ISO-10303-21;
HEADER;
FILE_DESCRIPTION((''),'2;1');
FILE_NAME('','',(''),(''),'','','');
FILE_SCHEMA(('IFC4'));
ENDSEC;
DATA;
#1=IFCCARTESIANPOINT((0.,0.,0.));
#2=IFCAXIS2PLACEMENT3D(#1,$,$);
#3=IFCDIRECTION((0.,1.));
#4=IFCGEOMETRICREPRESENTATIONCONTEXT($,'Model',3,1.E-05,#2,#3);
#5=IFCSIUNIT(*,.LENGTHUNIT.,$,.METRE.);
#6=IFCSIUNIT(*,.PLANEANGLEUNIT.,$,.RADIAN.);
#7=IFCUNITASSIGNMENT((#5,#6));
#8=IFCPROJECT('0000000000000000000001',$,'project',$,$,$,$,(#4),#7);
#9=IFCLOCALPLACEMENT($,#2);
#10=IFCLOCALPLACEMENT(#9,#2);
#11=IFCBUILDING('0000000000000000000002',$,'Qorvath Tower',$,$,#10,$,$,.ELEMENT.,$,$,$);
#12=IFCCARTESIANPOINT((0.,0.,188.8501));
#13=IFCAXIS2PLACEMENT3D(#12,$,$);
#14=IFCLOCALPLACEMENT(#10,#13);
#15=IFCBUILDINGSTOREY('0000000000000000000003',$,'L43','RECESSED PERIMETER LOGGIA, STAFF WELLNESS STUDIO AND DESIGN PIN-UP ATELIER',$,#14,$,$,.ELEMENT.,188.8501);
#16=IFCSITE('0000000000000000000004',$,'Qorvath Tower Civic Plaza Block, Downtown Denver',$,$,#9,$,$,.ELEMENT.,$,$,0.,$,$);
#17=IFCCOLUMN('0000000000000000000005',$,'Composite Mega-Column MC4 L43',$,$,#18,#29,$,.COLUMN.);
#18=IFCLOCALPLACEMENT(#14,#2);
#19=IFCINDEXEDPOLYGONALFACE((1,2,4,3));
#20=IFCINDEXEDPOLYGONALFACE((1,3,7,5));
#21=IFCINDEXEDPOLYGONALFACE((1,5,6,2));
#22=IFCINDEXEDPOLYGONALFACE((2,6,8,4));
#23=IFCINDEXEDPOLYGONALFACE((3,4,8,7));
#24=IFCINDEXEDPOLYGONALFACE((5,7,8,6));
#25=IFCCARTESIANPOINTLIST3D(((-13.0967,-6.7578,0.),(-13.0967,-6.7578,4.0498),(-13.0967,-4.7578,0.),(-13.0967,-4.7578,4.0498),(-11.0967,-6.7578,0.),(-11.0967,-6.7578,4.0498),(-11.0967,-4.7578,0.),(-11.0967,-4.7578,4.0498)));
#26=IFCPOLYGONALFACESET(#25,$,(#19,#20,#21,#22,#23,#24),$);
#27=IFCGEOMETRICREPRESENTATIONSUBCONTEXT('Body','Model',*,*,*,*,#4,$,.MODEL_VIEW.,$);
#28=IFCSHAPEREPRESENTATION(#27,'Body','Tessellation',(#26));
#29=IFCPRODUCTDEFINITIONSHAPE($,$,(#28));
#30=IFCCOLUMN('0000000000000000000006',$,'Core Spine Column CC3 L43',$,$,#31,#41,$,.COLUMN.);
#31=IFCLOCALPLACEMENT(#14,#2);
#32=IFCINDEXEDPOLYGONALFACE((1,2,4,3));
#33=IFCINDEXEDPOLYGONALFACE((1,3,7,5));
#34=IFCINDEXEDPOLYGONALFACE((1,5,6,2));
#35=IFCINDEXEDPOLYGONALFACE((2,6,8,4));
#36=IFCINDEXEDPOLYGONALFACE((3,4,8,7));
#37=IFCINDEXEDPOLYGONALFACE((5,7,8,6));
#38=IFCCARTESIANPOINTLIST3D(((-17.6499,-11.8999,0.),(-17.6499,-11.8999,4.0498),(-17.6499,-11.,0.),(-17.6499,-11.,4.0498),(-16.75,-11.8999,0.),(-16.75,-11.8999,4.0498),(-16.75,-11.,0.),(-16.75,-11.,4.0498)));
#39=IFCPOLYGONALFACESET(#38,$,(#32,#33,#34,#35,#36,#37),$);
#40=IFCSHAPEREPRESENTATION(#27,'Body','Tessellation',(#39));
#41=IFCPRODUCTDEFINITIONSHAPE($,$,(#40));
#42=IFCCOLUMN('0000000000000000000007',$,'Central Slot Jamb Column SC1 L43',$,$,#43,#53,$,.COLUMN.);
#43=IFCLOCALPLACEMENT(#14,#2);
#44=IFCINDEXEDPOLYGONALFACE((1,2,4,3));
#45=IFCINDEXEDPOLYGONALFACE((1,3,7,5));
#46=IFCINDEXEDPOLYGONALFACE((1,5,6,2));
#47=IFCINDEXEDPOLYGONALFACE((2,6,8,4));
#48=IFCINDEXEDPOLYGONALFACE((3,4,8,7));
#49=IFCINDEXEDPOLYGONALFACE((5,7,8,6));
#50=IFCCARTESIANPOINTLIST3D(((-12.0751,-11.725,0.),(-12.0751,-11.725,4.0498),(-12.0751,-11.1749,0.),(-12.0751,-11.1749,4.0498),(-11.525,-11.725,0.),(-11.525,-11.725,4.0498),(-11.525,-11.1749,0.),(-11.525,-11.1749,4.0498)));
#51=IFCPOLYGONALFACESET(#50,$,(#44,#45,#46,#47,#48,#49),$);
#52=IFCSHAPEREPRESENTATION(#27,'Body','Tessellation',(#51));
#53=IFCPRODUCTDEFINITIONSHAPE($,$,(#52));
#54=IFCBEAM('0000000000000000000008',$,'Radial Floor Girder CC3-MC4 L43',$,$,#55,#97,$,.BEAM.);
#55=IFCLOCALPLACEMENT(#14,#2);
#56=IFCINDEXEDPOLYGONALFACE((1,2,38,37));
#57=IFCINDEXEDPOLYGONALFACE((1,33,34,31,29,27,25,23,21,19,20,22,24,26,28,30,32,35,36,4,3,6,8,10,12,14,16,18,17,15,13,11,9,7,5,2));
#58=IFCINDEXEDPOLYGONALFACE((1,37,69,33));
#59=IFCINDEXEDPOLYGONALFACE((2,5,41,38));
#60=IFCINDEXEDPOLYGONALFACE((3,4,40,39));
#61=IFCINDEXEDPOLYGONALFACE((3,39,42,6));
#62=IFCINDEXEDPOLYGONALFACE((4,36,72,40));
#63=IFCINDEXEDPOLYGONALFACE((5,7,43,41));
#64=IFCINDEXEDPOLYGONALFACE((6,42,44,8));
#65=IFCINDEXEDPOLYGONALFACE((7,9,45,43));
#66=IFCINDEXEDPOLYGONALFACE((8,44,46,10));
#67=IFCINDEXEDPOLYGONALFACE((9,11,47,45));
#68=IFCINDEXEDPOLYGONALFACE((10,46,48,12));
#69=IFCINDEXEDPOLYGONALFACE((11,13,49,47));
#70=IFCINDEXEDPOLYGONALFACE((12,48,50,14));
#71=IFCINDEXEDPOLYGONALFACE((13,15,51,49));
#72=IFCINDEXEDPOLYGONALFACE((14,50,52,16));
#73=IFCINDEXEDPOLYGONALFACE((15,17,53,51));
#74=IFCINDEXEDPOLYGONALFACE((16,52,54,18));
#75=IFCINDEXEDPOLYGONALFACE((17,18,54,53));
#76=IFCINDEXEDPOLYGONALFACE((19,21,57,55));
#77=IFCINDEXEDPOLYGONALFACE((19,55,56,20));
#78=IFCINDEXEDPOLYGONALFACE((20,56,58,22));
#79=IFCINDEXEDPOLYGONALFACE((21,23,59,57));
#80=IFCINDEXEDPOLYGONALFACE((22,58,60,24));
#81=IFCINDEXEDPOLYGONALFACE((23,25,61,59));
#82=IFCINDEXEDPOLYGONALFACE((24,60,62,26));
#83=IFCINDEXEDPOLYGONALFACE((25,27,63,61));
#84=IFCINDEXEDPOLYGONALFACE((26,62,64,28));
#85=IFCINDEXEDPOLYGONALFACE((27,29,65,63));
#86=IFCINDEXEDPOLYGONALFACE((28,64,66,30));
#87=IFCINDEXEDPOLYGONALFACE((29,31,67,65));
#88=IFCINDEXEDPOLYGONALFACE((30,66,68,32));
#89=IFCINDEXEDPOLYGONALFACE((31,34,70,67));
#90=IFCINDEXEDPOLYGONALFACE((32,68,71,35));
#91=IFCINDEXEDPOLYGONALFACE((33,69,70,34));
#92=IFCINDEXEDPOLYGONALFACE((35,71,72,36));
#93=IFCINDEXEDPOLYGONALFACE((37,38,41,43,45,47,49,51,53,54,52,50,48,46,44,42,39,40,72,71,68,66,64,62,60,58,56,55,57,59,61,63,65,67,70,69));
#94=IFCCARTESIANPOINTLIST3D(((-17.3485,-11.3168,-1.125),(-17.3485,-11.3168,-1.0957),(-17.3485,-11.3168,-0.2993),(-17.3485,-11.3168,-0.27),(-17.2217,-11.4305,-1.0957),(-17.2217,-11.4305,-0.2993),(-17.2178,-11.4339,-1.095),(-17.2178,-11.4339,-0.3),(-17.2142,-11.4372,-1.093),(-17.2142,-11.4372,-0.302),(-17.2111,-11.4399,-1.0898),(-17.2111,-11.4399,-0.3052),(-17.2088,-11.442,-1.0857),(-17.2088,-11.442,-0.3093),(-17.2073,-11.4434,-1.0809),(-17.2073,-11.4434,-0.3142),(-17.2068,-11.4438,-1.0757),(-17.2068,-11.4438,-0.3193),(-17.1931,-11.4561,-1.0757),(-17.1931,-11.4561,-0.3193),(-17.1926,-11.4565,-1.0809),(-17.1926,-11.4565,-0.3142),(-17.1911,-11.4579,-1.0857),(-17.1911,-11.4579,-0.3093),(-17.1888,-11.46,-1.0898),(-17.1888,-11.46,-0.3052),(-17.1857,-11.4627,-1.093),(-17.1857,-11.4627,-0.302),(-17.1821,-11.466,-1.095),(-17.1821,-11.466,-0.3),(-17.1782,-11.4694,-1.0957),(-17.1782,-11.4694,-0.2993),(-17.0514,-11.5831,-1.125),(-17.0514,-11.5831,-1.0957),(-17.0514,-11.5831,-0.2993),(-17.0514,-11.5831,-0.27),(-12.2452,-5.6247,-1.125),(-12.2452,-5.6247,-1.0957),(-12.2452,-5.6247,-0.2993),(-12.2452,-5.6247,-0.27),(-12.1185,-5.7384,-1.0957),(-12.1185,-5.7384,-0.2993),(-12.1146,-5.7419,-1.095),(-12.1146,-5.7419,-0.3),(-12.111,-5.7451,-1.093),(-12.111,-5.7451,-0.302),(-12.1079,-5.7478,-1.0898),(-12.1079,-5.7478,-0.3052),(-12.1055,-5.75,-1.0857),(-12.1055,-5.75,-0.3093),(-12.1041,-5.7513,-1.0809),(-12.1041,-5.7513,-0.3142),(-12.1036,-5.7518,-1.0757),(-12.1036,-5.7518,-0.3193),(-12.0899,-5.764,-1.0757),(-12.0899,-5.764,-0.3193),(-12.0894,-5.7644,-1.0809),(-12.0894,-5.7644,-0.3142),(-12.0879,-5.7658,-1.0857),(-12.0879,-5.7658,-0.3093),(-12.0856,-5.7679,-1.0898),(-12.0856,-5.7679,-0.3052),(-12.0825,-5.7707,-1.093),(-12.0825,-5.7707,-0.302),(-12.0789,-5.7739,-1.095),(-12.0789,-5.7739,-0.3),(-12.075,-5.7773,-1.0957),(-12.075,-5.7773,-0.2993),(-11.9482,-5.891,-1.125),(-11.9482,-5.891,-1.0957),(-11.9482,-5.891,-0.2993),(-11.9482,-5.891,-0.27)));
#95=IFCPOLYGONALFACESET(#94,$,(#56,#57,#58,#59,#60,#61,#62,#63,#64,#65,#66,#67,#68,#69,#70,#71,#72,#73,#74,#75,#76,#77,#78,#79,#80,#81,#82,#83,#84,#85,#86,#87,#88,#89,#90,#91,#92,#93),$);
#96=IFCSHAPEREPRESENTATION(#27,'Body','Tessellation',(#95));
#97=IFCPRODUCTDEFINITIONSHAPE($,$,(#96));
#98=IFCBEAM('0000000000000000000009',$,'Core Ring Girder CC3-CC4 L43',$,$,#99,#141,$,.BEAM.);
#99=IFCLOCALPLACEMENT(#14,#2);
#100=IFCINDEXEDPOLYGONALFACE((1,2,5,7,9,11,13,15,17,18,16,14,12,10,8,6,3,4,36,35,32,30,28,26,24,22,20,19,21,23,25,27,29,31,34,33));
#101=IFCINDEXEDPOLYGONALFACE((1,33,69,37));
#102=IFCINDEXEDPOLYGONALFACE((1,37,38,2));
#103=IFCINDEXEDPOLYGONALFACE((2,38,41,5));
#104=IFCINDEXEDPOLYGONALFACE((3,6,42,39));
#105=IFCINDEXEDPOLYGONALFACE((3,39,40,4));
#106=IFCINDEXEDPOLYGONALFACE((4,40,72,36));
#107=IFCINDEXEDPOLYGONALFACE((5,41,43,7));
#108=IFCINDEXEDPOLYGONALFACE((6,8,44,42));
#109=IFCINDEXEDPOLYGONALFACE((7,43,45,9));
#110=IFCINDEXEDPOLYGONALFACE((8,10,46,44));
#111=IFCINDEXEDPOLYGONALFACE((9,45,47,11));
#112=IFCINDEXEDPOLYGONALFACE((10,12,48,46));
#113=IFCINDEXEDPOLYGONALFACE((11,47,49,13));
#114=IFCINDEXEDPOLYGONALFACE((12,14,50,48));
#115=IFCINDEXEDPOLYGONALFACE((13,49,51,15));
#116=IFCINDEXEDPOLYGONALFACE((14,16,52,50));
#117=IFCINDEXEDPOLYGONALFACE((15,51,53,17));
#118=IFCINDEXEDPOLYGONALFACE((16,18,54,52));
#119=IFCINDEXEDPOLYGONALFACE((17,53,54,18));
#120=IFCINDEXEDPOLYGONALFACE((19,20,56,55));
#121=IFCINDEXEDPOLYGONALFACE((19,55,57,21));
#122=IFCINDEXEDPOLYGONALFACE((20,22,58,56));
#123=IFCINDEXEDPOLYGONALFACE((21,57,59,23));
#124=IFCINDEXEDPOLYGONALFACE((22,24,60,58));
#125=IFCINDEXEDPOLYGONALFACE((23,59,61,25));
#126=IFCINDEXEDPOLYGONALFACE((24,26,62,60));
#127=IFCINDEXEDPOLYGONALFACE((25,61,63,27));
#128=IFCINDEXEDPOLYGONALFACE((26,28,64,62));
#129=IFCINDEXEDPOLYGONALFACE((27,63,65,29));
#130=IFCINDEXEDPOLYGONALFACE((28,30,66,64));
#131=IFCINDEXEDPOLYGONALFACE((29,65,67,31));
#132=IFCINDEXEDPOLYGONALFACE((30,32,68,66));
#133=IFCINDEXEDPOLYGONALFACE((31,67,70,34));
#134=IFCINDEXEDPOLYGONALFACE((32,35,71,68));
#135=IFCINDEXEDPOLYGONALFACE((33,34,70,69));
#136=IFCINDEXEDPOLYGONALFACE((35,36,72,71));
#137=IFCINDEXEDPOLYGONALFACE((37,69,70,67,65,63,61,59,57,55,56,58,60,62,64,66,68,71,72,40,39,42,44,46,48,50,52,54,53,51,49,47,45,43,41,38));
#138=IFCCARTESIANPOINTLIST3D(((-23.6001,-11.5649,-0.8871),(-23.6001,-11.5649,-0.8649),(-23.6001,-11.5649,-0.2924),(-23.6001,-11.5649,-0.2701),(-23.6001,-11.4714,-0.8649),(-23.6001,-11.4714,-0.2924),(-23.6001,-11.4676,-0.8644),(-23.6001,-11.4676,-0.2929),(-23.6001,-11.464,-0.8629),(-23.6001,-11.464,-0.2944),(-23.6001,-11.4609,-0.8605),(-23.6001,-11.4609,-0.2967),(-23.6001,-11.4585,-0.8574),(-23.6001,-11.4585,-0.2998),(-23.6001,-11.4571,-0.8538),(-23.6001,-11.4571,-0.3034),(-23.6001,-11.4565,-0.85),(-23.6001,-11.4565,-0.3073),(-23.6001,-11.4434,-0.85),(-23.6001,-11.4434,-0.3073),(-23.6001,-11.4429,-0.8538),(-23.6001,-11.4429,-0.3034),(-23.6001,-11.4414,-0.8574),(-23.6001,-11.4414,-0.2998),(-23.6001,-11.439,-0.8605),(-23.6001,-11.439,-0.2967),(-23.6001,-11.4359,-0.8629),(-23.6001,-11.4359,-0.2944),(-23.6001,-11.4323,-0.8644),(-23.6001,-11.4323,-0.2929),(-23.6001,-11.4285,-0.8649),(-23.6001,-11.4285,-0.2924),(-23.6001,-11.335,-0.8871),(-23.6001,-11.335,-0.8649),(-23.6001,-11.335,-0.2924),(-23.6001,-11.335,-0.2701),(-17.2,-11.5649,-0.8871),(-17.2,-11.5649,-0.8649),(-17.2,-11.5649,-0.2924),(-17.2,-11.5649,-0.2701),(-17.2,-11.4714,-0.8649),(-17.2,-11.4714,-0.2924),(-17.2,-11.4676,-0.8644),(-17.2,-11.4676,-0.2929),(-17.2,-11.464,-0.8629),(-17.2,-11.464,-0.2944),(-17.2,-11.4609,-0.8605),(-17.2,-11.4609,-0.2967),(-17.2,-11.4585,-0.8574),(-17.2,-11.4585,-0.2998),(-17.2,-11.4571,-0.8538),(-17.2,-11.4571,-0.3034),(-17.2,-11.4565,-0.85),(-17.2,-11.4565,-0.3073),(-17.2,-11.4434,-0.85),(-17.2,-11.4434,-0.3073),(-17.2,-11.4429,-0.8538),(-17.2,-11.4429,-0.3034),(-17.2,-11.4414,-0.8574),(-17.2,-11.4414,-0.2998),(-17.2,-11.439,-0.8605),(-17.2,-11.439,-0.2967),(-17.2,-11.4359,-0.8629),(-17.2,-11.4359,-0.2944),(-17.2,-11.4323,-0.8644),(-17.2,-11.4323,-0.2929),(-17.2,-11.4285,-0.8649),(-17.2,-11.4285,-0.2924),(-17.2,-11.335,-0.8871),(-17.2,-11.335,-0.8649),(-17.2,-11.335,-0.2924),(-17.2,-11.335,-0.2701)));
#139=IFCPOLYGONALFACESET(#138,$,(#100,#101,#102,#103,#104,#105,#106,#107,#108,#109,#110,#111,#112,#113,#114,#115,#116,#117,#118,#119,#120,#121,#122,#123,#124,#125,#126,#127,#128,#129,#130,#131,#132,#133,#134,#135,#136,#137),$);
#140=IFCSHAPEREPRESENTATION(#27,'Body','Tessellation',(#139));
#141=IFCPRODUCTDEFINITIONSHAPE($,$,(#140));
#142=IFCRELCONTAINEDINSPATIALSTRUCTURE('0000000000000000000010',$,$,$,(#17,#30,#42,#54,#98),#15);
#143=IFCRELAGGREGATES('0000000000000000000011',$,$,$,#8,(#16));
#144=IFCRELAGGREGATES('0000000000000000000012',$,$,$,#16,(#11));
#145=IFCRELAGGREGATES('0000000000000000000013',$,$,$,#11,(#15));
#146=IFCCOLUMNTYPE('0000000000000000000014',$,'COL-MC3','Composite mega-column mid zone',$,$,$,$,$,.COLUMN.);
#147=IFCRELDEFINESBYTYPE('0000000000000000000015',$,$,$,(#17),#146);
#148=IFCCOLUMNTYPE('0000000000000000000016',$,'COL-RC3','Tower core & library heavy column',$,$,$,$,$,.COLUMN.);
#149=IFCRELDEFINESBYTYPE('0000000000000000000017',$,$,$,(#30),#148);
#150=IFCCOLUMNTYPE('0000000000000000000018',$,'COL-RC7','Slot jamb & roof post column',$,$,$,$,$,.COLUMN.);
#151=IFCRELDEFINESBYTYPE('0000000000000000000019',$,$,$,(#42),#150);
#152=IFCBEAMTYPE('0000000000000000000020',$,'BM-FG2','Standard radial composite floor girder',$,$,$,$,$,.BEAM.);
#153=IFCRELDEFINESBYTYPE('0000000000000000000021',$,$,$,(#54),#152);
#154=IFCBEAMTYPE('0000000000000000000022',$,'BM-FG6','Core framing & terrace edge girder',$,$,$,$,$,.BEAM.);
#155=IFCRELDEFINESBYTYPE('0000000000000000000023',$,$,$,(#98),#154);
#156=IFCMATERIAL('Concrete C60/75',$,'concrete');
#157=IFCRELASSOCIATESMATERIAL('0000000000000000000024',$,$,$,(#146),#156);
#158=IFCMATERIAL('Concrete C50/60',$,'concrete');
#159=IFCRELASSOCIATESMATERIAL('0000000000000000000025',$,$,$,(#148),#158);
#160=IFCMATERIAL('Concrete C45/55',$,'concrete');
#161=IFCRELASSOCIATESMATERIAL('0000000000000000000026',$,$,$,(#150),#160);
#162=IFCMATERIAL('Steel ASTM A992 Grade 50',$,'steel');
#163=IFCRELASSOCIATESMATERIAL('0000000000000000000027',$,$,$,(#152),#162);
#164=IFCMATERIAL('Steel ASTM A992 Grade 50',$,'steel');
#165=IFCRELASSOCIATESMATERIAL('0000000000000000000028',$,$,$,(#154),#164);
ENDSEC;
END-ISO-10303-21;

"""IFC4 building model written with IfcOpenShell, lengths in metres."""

from ifc_helpers import new_model, si_unit, direction, frame, origin, origin_2d, place, context, subcontext, project, spatial, rectangle, i_section, extrude, material, material_profile, profile_set, type_object, element, save


model = new_model("IFC4")

# Units and contexts
model_context = context("Model", 3, precision=1e-05, world=origin(), true_north=direction((0.0, 1.0)))
body_context = subcontext(model_context, "Body", "Model", "MODEL_VIEW")
ifc_project = project(units=[si_unit("LENGTHUNIT", "METRE"), si_unit("PLANEANGLEUNIT", "RADIAN")], contexts=[model_context])

# Site, building, storey
site_placement = place(None, origin())
site = spatial("IfcSite", under=ifc_project, at=site_placement, Name="Qorvath Tower Civic Plaza Block, Downtown Denver", CompositionType="ELEMENT", RefElevation=0.0)
building_placement = place(site_placement, origin())
building = spatial("IfcBuilding", under=site, at=building_placement, Name="Qorvath Tower", CompositionType="ELEMENT")
storey_placement = place(building_placement, frame((0.0, 0.0, 188.8501)))
storey = spatial("IfcBuildingStorey", under=building, at=storey_placement, Name="L43", Description="RECESSED PERIMETER LOGGIA, STAFF WELLNESS STUDIO AND DESIGN PIN-UP ATELIER", CompositionType="ELEMENT", Elevation=188.8501)

# Columns
ifc_material_1 = material(Name="Concrete C60/75", Category="concrete")
ifc_material_profile_1 = material_profile(ifc_material_1, rectangle(XDim=2.0, YDim=2.0, at=origin_2d()), Name="MC 2000x2000")
ifc_profile_set_1 = profile_set([ifc_material_profile_1], Name="Concrete C60/75")
column_type_1 = type_object("IfcColumnType", Name="COL-MC3", Description="Composite mega-column mid zone", PredefinedType="COLUMN", material=ifc_profile_set_1)
column_1_placement = place(storey_placement, frame((-12.0967, -5.7578, 0.0), z_axis=(0.0, 0.0, 1.0), x_axis=(1.0, 0.0, 0.0)))
element("IfcColumn", 1, at=column_1_placement, inside=storey, type_object=column_type_1, Name="Composite Mega-Column MC4 L43", PredefinedType="COLUMN", context=body_context, shape_type="SweptSolid", body=[
    extrude(rectangle(XDim=2.0, YDim=2.0, at=origin_2d()), origin(), (0.0, 0.0, 1.0), 4.0498),
])
ifc_material_2 = material(Name="Concrete C50/60", Category="concrete")
ifc_material_profile_2 = material_profile(ifc_material_2, rectangle(XDim=0.8999, YDim=0.8999, at=origin_2d()), Name="RC 900x900")
ifc_profile_set_2 = profile_set([ifc_material_profile_2], Name="Concrete C50/60")
column_type_2 = type_object("IfcColumnType", Name="COL-RC3", Description="Tower core & library heavy column", PredefinedType="COLUMN", material=ifc_profile_set_2)
column_2_placement = place(storey_placement, frame((-17.2, -11.45, 0.0), z_axis=(0.0, 0.0, 1.0), x_axis=(1.0, 0.0, 0.0)))
element("IfcColumn", 2, at=column_2_placement, inside=storey, type_object=column_type_2, Name="Core Spine Column CC3 L43", PredefinedType="COLUMN", context=body_context, shape_type="SweptSolid", body=[
    extrude(rectangle(XDim=0.8999, YDim=0.8999, at=origin_2d()), origin(), (0.0, 0.0, 1.0), 4.0498),
])
ifc_material_3 = material(Name="Concrete C45/55", Category="concrete")
ifc_material_profile_3 = material_profile(ifc_material_3, rectangle(XDim=0.55, YDim=0.55, at=origin_2d()), Name="RC 550x550")
ifc_profile_set_3 = profile_set([ifc_material_profile_3], Name="Concrete C45/55")
column_type_3 = type_object("IfcColumnType", Name="COL-RC7", Description="Slot jamb & roof post column", PredefinedType="COLUMN", material=ifc_profile_set_3)
column_3_placement = place(storey_placement, frame((-11.8, -11.45, 0.0), z_axis=(0.0, 0.0, 1.0), x_axis=(1.0, 0.0, 0.0)))
element("IfcColumn", 3, at=column_3_placement, inside=storey, type_object=column_type_3, Name="Central Slot Jamb Column SC1 L43", PredefinedType="COLUMN", context=body_context, shape_type="SweptSolid", body=[
    extrude(rectangle(XDim=0.55, YDim=0.55, at=origin_2d()), origin(), (0.0, 0.0, 1.0), 4.0498),
])

# Beams
ifc_material_4 = material(Name="Steel ASTM A992 Grade 50", Category="steel")
ifc_material_profile_4 = material_profile(ifc_material_4, i_section(OverallWidth=0.3989, OverallDepth=0.855, WebThickness=0.0183, FlangeThickness=0.0293, FilletRadius=0.02, at=origin_2d()), Name="W33x201")
ifc_profile_set_4 = profile_set([ifc_material_profile_4], Name="Steel ASTM A992 Grade 50")
beam_type_1 = type_object("IfcBeamType", Name="BM-FG2", Description="Standard radial composite floor girder", PredefinedType="BEAM", material=ifc_profile_set_4)
beam_1_placement = place(storey_placement, frame((-17.2, -11.45, -0.6975), z_axis=(0.667543, 0.744571, 0.0), x_axis=(-0.744571, 0.667543, 0.0)))
element("IfcBeam", 4, at=beam_1_placement, inside=storey, type_object=beam_type_1, Name="Radial Floor Girder CC3-MC4 L43", PredefinedType="BEAM", context=body_context, shape_type="SweptSolid", body=[
    extrude(i_section(OverallWidth=0.3989, OverallDepth=0.855, WebThickness=0.0183, FlangeThickness=0.0293, FilletRadius=0.02, at=origin_2d()), origin(), (0.0, 0.0, 1.0), 7.6448),
])
ifc_material_5 = material(Name="Steel ASTM A992 Grade 50", Category="steel")
ifc_material_profile_5 = material_profile(ifc_material_5, i_section(OverallWidth=0.23, OverallDepth=0.6169, WebThickness=0.0132, FlangeThickness=0.0222, FilletRadius=0.0149, at=origin_2d()), Name="W24x94")
ifc_profile_set_5 = profile_set([ifc_material_profile_5], Name="Steel ASTM A992 Grade 50")
beam_type_2 = type_object("IfcBeamType", Name="BM-FG6", Description="Core framing & terrace edge girder", PredefinedType="BEAM", material=ifc_profile_set_5)
beam_2_placement = place(storey_placement, frame((-17.2, -11.45, -0.5786), z_axis=(-1.0, 0.0, 0.0), x_axis=(0.0, -1.0, 0.0)))
element("IfcBeam", 5, at=beam_2_placement, inside=storey, type_object=beam_type_2, Name="Core Ring Girder CC3-CC4 L43", PredefinedType="BEAM", context=body_context, shape_type="SweptSolid", body=[
    extrude(i_section(OverallWidth=0.23, OverallDepth=0.6169, WebThickness=0.0132, FlangeThickness=0.0222, FilletRadius=0.0149, at=origin_2d()), origin(), (0.0, 0.0, 1.0), 6.4001),
])

save(model, "model.ifc")
